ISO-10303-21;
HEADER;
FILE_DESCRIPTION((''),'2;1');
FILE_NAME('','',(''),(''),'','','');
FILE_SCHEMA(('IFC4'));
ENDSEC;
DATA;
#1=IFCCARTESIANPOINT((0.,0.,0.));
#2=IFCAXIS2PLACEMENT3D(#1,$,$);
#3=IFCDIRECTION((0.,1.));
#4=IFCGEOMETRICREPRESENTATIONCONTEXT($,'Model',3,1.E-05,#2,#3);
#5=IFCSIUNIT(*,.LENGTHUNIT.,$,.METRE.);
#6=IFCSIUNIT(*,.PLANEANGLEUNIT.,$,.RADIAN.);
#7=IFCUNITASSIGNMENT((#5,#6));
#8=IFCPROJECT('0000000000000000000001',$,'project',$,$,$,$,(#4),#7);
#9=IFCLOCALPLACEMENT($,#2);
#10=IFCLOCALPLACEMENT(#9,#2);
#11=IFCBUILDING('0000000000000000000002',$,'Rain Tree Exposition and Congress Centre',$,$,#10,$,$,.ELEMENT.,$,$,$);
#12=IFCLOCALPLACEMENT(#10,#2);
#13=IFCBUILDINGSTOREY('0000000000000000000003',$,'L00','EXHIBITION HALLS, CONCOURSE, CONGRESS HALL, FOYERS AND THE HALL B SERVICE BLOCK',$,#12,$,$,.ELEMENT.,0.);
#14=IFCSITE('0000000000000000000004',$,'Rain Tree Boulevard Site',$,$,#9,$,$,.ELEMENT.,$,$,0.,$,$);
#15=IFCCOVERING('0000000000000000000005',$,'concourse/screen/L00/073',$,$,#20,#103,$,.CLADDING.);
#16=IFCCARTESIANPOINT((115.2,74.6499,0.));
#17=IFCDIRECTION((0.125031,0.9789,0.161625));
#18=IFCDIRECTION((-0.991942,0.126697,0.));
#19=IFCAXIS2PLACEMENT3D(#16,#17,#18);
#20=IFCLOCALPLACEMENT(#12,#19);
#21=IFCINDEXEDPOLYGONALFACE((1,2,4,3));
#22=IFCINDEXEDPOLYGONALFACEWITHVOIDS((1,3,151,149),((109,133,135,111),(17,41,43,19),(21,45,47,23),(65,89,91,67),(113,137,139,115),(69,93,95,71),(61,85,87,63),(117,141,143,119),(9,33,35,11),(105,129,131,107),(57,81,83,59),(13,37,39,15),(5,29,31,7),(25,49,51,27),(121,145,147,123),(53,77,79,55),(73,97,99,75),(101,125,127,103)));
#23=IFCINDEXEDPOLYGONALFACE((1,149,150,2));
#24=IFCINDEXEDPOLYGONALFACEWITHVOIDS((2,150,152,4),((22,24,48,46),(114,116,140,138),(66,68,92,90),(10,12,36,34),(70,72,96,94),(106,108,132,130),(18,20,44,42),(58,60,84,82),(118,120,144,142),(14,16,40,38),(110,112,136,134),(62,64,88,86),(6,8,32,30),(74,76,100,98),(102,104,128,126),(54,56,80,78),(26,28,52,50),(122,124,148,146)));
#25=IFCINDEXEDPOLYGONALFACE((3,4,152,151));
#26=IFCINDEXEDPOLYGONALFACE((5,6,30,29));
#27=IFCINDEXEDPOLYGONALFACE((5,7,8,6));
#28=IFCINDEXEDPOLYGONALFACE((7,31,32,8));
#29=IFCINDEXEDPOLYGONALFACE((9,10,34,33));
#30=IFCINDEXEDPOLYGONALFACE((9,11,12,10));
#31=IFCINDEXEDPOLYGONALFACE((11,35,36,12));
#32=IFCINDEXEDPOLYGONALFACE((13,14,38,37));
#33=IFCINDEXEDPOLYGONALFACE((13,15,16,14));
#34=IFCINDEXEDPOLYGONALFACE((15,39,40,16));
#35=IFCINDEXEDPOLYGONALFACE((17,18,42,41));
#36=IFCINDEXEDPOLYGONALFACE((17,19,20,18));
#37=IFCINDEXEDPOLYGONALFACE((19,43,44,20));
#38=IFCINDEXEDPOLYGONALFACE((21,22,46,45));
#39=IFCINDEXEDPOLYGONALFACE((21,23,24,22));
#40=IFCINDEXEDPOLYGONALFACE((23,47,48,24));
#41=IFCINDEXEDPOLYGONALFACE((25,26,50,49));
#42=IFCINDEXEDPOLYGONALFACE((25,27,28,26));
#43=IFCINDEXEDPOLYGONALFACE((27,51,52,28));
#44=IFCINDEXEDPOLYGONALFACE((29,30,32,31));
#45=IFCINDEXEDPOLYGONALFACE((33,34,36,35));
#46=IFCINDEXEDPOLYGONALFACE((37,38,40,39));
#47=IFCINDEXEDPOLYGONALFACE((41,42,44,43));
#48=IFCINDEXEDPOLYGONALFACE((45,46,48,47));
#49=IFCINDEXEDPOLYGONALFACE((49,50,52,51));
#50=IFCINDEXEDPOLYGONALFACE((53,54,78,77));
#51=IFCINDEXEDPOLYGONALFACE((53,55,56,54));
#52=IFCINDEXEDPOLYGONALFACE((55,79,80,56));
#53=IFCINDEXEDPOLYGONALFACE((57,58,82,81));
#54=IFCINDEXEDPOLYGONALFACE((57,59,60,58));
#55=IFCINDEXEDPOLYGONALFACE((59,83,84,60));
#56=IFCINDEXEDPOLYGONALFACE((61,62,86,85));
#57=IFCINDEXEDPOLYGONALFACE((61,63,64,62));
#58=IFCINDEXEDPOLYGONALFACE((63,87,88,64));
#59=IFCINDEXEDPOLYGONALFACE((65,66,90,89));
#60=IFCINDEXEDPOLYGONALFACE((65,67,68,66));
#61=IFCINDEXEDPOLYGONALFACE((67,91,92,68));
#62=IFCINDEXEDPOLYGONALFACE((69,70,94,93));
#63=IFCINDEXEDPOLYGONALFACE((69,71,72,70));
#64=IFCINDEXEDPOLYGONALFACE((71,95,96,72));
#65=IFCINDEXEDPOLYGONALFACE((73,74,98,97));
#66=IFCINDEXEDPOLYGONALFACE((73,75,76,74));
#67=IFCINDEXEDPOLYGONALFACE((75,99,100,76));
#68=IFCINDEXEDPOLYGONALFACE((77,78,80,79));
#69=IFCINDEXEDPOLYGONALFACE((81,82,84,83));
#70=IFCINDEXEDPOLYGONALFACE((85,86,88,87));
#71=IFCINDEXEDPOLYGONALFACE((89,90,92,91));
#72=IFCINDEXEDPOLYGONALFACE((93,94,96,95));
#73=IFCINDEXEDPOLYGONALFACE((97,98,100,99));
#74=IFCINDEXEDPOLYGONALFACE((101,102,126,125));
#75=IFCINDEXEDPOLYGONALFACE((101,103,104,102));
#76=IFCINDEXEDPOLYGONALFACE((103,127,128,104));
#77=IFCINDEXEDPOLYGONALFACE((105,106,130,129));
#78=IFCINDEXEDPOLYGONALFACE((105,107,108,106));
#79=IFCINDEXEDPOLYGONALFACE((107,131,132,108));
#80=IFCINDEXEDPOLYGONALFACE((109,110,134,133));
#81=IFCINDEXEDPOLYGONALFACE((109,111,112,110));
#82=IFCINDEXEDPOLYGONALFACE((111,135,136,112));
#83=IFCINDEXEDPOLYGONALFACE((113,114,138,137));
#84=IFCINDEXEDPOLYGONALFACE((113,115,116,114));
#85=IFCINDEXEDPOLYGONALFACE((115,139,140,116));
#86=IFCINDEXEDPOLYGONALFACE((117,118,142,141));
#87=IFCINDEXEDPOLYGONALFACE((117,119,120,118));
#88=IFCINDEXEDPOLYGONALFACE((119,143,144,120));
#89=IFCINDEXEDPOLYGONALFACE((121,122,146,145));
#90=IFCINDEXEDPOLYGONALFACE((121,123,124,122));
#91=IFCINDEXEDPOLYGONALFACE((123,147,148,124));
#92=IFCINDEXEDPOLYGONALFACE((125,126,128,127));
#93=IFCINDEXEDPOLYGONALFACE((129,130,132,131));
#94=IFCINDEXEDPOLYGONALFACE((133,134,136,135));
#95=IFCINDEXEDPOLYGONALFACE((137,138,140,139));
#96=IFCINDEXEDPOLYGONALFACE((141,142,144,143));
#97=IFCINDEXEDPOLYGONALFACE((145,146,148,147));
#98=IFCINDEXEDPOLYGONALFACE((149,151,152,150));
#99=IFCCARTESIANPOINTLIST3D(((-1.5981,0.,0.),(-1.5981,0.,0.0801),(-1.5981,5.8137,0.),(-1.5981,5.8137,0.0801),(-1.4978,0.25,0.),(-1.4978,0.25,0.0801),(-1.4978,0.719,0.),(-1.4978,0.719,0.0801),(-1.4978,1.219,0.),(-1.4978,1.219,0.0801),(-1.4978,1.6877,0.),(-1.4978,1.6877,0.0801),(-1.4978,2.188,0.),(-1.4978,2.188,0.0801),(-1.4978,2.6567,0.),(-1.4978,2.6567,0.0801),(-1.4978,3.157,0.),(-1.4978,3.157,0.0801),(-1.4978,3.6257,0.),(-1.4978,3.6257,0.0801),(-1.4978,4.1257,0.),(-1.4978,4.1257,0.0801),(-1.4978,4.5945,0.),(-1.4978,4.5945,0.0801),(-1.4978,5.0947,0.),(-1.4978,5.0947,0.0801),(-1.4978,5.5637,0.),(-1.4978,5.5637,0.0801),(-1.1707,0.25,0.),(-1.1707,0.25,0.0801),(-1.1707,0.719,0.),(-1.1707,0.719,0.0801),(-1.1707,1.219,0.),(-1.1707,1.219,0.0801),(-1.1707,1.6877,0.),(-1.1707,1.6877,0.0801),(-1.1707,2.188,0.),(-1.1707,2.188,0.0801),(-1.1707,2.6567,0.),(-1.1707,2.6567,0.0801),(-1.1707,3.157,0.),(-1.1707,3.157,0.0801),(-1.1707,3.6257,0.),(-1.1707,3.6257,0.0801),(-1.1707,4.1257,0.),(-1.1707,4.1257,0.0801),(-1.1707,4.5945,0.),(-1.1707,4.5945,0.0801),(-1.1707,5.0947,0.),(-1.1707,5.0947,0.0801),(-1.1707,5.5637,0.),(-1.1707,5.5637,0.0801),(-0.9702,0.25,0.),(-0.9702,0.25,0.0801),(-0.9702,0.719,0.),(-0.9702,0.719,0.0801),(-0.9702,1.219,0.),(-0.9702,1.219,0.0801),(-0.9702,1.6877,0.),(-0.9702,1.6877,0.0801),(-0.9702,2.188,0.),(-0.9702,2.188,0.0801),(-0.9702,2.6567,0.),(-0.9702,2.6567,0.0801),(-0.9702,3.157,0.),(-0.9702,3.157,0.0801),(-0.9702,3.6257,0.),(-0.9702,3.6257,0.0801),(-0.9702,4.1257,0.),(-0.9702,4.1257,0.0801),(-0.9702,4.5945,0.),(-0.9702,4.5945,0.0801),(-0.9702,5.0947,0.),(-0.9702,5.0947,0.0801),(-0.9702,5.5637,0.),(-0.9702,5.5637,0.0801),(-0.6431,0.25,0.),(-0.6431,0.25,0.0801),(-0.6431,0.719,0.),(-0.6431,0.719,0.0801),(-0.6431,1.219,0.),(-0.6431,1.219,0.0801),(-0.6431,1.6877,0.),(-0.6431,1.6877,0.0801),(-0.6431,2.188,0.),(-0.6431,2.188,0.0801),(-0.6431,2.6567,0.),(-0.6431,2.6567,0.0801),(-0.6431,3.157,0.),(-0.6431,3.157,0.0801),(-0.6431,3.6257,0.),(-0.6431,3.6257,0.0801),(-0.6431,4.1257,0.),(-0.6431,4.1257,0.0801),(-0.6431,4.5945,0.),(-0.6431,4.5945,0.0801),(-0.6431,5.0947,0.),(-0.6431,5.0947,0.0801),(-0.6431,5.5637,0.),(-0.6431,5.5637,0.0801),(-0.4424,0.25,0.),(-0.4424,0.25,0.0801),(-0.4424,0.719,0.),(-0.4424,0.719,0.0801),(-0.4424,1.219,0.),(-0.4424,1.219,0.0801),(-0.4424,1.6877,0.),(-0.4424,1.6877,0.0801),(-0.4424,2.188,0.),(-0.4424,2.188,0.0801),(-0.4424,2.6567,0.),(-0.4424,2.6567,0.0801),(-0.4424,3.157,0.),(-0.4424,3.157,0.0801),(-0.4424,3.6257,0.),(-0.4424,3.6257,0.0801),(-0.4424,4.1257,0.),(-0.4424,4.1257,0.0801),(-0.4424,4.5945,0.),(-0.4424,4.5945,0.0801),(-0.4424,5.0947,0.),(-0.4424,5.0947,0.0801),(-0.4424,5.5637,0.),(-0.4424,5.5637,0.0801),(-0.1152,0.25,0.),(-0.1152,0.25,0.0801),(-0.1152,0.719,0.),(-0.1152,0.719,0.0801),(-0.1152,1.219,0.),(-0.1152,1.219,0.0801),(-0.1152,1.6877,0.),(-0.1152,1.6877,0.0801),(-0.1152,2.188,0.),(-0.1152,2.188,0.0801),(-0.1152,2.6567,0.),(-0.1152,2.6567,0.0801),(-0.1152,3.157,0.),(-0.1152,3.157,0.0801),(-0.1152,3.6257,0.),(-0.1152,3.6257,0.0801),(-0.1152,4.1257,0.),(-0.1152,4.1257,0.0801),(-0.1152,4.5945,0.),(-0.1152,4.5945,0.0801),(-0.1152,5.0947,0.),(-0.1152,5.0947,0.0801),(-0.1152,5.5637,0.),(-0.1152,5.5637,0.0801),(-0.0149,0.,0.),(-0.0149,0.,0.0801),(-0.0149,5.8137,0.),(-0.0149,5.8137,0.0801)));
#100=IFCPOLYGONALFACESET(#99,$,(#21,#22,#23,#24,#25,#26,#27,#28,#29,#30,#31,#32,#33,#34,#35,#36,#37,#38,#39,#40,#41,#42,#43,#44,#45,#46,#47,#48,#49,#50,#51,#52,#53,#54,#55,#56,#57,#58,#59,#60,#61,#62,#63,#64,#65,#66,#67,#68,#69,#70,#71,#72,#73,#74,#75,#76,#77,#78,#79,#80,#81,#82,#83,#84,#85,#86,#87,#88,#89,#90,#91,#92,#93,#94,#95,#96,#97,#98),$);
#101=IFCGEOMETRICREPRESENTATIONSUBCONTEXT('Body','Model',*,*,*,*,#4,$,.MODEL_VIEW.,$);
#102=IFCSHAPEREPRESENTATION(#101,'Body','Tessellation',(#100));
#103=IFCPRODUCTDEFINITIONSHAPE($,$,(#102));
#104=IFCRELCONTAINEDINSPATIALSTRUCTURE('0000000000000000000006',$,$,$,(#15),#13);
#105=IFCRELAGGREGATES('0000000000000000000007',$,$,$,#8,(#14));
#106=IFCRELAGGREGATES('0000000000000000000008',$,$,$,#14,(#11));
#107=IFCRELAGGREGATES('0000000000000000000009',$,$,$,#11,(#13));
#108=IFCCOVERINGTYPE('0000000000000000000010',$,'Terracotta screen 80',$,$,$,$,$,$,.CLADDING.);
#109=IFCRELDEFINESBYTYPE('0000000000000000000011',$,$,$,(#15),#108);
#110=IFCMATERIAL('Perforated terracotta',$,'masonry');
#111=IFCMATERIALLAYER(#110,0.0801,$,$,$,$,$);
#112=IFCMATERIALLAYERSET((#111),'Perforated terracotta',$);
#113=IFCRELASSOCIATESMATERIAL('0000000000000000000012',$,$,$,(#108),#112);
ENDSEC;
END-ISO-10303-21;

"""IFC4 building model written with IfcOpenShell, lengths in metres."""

from ifc_helpers import new_model, si_unit, direction, frame, origin, place, context, subcontext, project, spatial, polyline, outline, extrude, material, layer, layer_set, type_object, element, save


model = new_model("IFC4")

# Units and contexts
model_context = context("Model", 3, precision=1e-05, world=origin(), true_north=direction((0.0, 1.0)))
body_context = subcontext(model_context, "Body", "Model", "MODEL_VIEW")
ifc_project = project(units=[si_unit("LENGTHUNIT", "METRE"), si_unit("PLANEANGLEUNIT", "RADIAN")], contexts=[model_context])

# Site, building, storey
site_placement = place(None, origin())
site = spatial("IfcSite", under=ifc_project, at=site_placement, Name="Rain Tree Boulevard Site", CompositionType="ELEMENT", RefElevation=0.0)
building_placement = place(site_placement, origin())
building = spatial("IfcBuilding", under=site, at=building_placement, Name="Rain Tree Exposition and Congress Centre", CompositionType="ELEMENT")
storey_placement = place(building_placement, origin())
storey = spatial("IfcBuildingStorey", under=building, at=storey_placement, Name="L00", Description="EXHIBITION HALLS, CONCOURSE, CONGRESS HALL, FOYERS AND THE HALL B SERVICE BLOCK", CompositionType="ELEMENT", Elevation=0.0)

# Covering
ifc_material_1 = material(Name="Perforated terracotta", Category="masonry")
ifc_layer_1 = layer(ifc_material_1, 0.0801)
ifc_layer_set_1 = layer_set([ifc_layer_1], Name="Perforated terracotta")
covering_type = type_object("IfcCoveringType", Name="Terracotta screen 80", PredefinedType="CLADDING", material=ifc_layer_set_1)
covering_1_placement = place(storey_placement, frame((115.2, 74.6499, 0.0), z_axis=(0.125031, 0.9789, 0.161625), x_axis=(-0.991942, 0.126697, 0.0)))
element("IfcCovering", 1, at=covering_1_placement, inside=storey, type_object=covering_type, Name="concourse/screen/L00/073", PredefinedType="CLADDING", context=body_context, shape_type="SweptSolid", body=[
    extrude(outline(polyline([(-0.0149, 0.0), (-1.5981, 0.0), (-1.5981, 5.8137), (-0.0149, 5.8137), (-0.0149, 0.0)]), holes=[polyline([(-0.1152, 0.25), (-0.1152, 0.719), (-0.4424, 0.719), (-0.4424, 0.25), (-0.1152, 0.25)]), polyline([(-0.1152, 1.219), (-0.1152, 1.6877), (-0.4424, 1.6877), (-0.4424, 1.219), (-0.1152, 1.219)]), polyline([(-0.1152, 2.188), (-0.1152, 2.6567), (-0.4424, 2.6567), (-0.4424, 2.188), (-0.1152, 2.188)]), polyline([(-0.1152, 3.157), (-0.1152, 3.6257), (-0.4424, 3.6257), (-0.4424, 3.157), (-0.1152, 3.157)]), polyline([(-0.1152, 4.1257), (-0.1152, 4.5945), (-0.4424, 4.5945), (-0.4424, 4.1257), (-0.1152, 4.1257)]), polyline([(-0.1152, 5.0947), (-0.1152, 5.5637), (-0.4424, 5.5637), (-0.4424, 5.0947), (-0.1152, 5.0947)]), polyline([(-0.6431, 0.25), (-0.6431, 0.719), (-0.9702, 0.719), (-0.9702, 0.25), (-0.6431, 0.25)]), polyline([(-0.6431, 1.219), (-0.6431, 1.6877), (-0.9702, 1.6877), (-0.9702, 1.219), (-0.6431, 1.219)]), polyline([(-0.6431, 2.188), (-0.6431, 2.6567), (-0.9702, 2.6567), (-0.9702, 2.188), (-0.6431, 2.188)]), polyline([(-0.6431, 3.157), (-0.6431, 3.6257), (-0.9702, 3.6257), (-0.9702, 3.157), (-0.6431, 3.157)]), polyline([(-0.6431, 4.1257), (-0.6431, 4.5945), (-0.9702, 4.5945), (-0.9702, 4.1257), (-0.6431, 4.1257)]), polyline([(-0.6431, 5.0947), (-0.6431, 5.5637), (-0.9702, 5.5637), (-0.9702, 5.0947), (-0.6431, 5.0947)]), polyline([(-1.1707, 0.25), (-1.1707, 0.719), (-1.4978, 0.719), (-1.4978, 0.25), (-1.1707, 0.25)]), polyline([(-1.1707, 1.219), (-1.1707, 1.6877), (-1.4978, 1.6877), (-1.4978, 1.219), (-1.1707, 1.219)]), polyline([(-1.1707, 2.188), (-1.1707, 2.6567), (-1.4978, 2.6567), (-1.4978, 2.188), (-1.1707, 2.188)]), polyline([(-1.1707, 3.157), (-1.1707, 3.6257), (-1.4978, 3.6257), (-1.4978, 3.157), (-1.1707, 3.157)]), polyline([(-1.1707, 4.1257), (-1.1707, 4.5945), (-1.4978, 4.5945), (-1.4978, 4.1257), (-1.1707, 4.1257)]), polyline([(-1.1707, 5.0947), (-1.1707, 5.5637), (-1.4978, 5.5637), (-1.4978, 5.0947), (-1.1707, 5.0947)])]), origin(), (0.0, 0.0, 1.0), 0.0801),
])

save(model, "model.ifc")
